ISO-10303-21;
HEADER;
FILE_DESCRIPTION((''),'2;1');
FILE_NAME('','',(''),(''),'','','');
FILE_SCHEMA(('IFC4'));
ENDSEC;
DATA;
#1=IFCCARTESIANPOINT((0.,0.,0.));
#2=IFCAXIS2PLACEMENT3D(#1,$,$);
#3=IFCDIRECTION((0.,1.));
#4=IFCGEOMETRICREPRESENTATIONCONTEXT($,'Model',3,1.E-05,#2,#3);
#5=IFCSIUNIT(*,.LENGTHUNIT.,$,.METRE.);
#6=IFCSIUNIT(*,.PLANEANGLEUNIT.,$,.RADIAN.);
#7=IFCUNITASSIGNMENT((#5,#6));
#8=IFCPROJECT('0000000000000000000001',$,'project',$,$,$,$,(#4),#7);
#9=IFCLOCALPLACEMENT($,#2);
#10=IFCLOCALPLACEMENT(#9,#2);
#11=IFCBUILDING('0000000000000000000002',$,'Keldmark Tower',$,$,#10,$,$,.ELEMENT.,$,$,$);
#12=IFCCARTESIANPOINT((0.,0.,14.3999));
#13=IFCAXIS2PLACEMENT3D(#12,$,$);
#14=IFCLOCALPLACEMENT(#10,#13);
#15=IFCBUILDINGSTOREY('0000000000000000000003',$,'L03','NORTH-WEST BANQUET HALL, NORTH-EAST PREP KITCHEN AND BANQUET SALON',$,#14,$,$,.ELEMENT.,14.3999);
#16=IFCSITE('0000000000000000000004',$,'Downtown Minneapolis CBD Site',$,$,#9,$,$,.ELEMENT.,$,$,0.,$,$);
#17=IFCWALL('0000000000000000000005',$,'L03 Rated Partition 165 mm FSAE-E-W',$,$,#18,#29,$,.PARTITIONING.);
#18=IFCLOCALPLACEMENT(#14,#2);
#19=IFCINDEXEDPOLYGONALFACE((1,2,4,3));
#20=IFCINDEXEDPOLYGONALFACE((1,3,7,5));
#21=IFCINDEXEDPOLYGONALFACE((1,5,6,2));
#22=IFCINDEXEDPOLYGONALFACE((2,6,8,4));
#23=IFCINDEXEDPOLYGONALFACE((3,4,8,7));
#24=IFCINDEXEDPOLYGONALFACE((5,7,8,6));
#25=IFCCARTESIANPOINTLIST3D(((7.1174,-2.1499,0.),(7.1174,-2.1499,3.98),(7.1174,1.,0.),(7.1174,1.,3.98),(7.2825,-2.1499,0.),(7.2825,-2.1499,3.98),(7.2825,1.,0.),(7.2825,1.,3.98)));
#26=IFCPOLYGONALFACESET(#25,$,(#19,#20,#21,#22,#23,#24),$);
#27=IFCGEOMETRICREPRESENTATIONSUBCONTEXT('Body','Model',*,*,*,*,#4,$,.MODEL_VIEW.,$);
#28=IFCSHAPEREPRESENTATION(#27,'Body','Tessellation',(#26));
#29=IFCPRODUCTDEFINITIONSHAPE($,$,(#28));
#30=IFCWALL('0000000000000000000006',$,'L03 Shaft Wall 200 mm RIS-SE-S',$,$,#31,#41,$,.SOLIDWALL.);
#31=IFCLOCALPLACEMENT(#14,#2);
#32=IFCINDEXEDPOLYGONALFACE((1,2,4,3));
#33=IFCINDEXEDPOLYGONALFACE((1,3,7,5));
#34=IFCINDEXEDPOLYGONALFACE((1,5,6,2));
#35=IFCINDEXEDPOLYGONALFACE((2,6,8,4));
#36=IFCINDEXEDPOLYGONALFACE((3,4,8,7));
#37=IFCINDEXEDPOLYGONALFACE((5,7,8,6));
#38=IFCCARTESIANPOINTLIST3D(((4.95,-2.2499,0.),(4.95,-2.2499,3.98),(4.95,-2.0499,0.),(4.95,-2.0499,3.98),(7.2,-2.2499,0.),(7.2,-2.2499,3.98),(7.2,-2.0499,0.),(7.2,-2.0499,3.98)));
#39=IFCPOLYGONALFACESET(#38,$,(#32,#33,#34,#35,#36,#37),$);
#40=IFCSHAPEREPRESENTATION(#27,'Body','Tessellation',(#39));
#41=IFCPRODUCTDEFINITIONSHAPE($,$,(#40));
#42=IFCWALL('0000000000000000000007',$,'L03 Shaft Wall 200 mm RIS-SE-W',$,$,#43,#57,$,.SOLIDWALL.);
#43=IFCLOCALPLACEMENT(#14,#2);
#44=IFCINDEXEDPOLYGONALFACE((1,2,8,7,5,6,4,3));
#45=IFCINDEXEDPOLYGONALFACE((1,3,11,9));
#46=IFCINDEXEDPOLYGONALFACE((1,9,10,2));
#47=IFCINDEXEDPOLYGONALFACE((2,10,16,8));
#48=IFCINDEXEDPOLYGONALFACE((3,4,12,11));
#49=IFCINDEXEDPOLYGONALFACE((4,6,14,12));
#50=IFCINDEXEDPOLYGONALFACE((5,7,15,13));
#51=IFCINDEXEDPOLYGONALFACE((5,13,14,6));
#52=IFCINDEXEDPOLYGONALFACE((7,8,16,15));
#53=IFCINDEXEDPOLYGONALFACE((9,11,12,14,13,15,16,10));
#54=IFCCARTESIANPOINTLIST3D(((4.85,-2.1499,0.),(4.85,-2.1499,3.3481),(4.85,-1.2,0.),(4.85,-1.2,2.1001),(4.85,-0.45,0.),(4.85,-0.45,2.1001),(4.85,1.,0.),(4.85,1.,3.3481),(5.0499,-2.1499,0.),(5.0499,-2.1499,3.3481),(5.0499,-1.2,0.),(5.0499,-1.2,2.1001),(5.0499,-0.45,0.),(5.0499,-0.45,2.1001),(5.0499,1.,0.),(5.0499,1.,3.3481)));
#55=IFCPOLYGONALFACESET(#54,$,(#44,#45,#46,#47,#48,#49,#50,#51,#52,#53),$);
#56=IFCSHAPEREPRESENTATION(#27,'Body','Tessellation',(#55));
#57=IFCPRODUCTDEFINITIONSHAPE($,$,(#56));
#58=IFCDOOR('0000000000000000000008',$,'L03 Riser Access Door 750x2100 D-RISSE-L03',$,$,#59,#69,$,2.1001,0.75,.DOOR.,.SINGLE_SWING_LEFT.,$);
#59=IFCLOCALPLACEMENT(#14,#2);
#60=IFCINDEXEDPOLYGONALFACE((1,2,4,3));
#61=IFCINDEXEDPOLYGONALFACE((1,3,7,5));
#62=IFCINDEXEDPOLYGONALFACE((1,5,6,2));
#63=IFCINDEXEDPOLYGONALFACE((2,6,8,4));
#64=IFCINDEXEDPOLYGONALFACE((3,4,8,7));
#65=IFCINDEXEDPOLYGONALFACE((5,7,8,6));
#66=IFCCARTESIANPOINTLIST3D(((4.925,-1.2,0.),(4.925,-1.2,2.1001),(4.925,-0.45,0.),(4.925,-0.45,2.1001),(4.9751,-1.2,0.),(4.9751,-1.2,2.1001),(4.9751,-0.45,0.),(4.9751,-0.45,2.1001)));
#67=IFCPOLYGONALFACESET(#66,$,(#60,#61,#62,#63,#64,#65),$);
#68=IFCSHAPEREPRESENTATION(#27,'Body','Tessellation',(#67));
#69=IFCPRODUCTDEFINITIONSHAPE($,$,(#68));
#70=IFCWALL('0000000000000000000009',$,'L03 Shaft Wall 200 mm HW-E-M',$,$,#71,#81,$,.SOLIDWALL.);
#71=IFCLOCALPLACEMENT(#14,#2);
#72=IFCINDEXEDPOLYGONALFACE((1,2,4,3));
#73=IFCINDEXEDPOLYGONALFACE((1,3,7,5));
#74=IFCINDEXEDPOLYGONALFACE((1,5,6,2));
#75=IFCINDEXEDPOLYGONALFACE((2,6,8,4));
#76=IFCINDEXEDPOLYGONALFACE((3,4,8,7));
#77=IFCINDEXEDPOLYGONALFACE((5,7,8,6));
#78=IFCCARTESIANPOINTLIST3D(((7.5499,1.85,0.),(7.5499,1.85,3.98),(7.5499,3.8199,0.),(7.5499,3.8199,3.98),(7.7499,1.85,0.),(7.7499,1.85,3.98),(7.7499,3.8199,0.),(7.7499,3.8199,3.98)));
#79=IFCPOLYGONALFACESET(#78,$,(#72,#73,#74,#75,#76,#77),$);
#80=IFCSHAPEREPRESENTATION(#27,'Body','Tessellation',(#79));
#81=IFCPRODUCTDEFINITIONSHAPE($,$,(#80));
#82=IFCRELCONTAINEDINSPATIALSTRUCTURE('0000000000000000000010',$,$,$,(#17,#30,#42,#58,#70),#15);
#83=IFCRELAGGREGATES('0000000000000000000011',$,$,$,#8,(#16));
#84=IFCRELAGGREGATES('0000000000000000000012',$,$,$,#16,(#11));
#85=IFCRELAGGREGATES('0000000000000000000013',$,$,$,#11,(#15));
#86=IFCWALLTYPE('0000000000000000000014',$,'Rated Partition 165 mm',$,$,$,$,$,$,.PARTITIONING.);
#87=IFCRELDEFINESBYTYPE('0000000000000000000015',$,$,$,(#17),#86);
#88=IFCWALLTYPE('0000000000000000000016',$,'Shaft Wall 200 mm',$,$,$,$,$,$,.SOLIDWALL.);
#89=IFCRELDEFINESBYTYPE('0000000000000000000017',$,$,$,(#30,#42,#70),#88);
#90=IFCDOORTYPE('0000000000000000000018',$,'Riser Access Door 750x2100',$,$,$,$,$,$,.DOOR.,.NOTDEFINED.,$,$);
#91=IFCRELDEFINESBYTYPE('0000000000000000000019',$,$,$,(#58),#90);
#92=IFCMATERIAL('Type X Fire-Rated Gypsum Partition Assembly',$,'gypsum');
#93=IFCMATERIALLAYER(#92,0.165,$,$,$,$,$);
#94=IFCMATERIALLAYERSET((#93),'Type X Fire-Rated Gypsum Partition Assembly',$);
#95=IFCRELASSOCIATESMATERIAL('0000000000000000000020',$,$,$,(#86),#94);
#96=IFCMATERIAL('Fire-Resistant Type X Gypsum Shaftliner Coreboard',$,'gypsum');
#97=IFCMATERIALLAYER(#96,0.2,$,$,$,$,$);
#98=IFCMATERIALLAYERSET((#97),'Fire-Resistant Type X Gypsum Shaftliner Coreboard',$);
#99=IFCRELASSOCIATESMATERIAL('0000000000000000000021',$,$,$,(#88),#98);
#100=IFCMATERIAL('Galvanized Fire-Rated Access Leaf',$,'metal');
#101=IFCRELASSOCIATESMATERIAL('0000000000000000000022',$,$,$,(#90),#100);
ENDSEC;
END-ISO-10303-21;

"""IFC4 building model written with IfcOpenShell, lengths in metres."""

from ifc_helpers import new_model, si_unit, direction, frame, frame_2d, origin, place, context, subcontext, project, spatial, rectangle, extrude, material, layer, layer_set, type_object, element, fill, save


model = new_model("IFC4")

# Units and contexts
model_context = context("Model", 3, precision=1e-05, world=origin(), true_north=direction((0.0, 1.0)))
body_context = subcontext(model_context, "Body", "Model", "MODEL_VIEW")
ifc_project = project(units=[si_unit("LENGTHUNIT", "METRE"), si_unit("PLANEANGLEUNIT", "RADIAN")], contexts=[model_context])

# Site, building, storey
site_placement = place(None, origin())
site = spatial("IfcSite", under=ifc_project, at=site_placement, Name="Downtown Minneapolis CBD Site", CompositionType="ELEMENT", RefElevation=0.0)
building_placement = place(site_placement, origin())
building = spatial("IfcBuilding", under=site, at=building_placement, Name="Keldmark Tower", CompositionType="ELEMENT")
storey_placement = place(building_placement, frame((0.0, 0.0, 14.3999)))
storey = spatial("IfcBuildingStorey", under=building, at=storey_placement, Name="L03", Description="NORTH-WEST BANQUET HALL, NORTH-EAST PREP KITCHEN AND BANQUET SALON", CompositionType="ELEMENT", Elevation=14.3999)

# Wall
ifc_material_1 = material(Name="Type X Fire-Rated Gypsum Partition Assembly", Category="gypsum")
ifc_layer_1 = layer(ifc_material_1, 0.165)
ifc_layer_set_1 = layer_set([ifc_layer_1], Name="Type X Fire-Rated Gypsum Partition Assembly")
wall_type_1 = type_object("IfcWallType", Name="Rated Partition 165 mm", PredefinedType="PARTITIONING", material=ifc_layer_set_1)
wall_1_placement = place(storey_placement, frame((7.2, -2.1499, 0.0), z_axis=(0.0, 0.0, 1.0), x_axis=(0.0, 1.0, 0.0)))
element("IfcWall", 1, at=wall_1_placement, inside=storey, type_object=wall_type_1, Name="L03 Rated Partition 165 mm FSAE-E-W", PredefinedType="PARTITIONING", context=body_context, shape_type="SweptSolid", body=[
    extrude(rectangle(XDim=3.1499, YDim=0.165, at=frame_2d((1.575, 0.0))), origin(), (0.0, 0.0, 1.0), 3.98),
])

# Wall
ifc_material_2 = material(Name="Fire-Resistant Type X Gypsum Shaftliner Coreboard", Category="gypsum")
ifc_layer_2 = layer(ifc_material_2, 0.2)
ifc_layer_set_2 = layer_set([ifc_layer_2], Name="Fire-Resistant Type X Gypsum Shaftliner Coreboard")
wall_type_2 = type_object("IfcWallType", Name="Shaft Wall 200 mm", PredefinedType="SOLIDWALL", material=ifc_layer_set_2)
wall_2_placement = place(storey_placement, frame((4.95, -2.1499, 0.0), z_axis=(0.0, 0.0, 1.0), x_axis=(1.0, 0.0, 0.0)))
element("IfcWall", 2, at=wall_2_placement, inside=storey, type_object=wall_type_2, Name="L03 Shaft Wall 200 mm RIS-SE-S", PredefinedType="SOLIDWALL", context=body_context, shape_type="SweptSolid", body=[
    extrude(rectangle(XDim=2.25, YDim=0.2, at=frame_2d((1.125, 0.0))), origin(), (0.0, 0.0, 1.0), 3.98),
])

# Wall, opening, door
wall_3_placement = place(storey_placement, frame((4.95, -2.1499, 0.0), z_axis=(0.0, 0.0, 1.0), x_axis=(0.0, 1.0, 0.0)))
wall_3 = element("IfcWall", 3, at=wall_3_placement, inside=storey, type_object=wall_type_2, Name="L03 Shaft Wall 200 mm RIS-SE-W", PredefinedType="SOLIDWALL", context=body_context, shape_type="SweptSolid", body=[
    extrude(rectangle(XDim=3.1499, YDim=0.2, at=frame_2d((1.575, 0.0))), origin(), (0.0, 0.0, 1.0), 3.3481),
])
opening_1_placement = place(wall_3_placement, frame((0.95, 0.0, 0.0)))
opening_1 = element("IfcOpeningElement", 4, at=opening_1_placement, cuts=wall_3, PredefinedType="OPENING", context=body_context, shape_type="SweptSolid", body=[
    extrude(rectangle(XDim=0.75, YDim=2.1001, at=frame_2d((0.375, 1.05))), frame((0.0, 0.1099, 0.0), z_axis=(0.0, -1.0, 0.0), x_axis=(1.0, 0.0, 0.0)), (0.0, 0.0, 1.0), 0.22),
])
ifc_material_3 = material(Name="Galvanized Fire-Rated Access Leaf", Category="metal")
door_type_1 = type_object("IfcDoorType", Name="Riser Access Door 750x2100", OperationType="NOTDEFINED", PredefinedType="DOOR", material=ifc_material_3)
door_1_placement = place(opening_1_placement, origin())
door_1 = element("IfcDoor", 5, at=door_1_placement, inside=storey, type_object=door_type_1, Name="L03 Riser Access Door 750x2100 D-RISSE-L03", OperationType="SINGLE_SWING_LEFT", OverallHeight=2.1001, OverallWidth=0.75, PredefinedType="DOOR", context=body_context, shape_type="SweptSolid", body=[
    extrude(rectangle(XDim=0.75, YDim=2.1001, at=frame_2d((0.375, 1.05))), frame((0.0, 0.0249, 0.0), z_axis=(0.0, -1.0, 0.0), x_axis=(1.0, 0.0, 0.0)), (0.0, 0.0, 1.0), 0.05),
])
fill(opening_1, door_1)

# Wall
wall_4_placement = place(storey_placement, frame((7.6499, 1.8501, 0.0), z_axis=(0.0, 0.0, 1.0), x_axis=(0.0, 1.0, 0.0)))
element("IfcWall", 6, at=wall_4_placement, inside=storey, type_object=wall_type_2, Name="L03 Shaft Wall 200 mm HW-E-M", PredefinedType="SOLIDWALL", context=body_context, shape_type="SweptSolid", body=[
    extrude(rectangle(XDim=1.97, YDim=0.2, at=frame_2d((0.9849, 0.0))), origin(), (0.0, 0.0, 1.0), 3.98),
])

save(model, "model.ifc")
